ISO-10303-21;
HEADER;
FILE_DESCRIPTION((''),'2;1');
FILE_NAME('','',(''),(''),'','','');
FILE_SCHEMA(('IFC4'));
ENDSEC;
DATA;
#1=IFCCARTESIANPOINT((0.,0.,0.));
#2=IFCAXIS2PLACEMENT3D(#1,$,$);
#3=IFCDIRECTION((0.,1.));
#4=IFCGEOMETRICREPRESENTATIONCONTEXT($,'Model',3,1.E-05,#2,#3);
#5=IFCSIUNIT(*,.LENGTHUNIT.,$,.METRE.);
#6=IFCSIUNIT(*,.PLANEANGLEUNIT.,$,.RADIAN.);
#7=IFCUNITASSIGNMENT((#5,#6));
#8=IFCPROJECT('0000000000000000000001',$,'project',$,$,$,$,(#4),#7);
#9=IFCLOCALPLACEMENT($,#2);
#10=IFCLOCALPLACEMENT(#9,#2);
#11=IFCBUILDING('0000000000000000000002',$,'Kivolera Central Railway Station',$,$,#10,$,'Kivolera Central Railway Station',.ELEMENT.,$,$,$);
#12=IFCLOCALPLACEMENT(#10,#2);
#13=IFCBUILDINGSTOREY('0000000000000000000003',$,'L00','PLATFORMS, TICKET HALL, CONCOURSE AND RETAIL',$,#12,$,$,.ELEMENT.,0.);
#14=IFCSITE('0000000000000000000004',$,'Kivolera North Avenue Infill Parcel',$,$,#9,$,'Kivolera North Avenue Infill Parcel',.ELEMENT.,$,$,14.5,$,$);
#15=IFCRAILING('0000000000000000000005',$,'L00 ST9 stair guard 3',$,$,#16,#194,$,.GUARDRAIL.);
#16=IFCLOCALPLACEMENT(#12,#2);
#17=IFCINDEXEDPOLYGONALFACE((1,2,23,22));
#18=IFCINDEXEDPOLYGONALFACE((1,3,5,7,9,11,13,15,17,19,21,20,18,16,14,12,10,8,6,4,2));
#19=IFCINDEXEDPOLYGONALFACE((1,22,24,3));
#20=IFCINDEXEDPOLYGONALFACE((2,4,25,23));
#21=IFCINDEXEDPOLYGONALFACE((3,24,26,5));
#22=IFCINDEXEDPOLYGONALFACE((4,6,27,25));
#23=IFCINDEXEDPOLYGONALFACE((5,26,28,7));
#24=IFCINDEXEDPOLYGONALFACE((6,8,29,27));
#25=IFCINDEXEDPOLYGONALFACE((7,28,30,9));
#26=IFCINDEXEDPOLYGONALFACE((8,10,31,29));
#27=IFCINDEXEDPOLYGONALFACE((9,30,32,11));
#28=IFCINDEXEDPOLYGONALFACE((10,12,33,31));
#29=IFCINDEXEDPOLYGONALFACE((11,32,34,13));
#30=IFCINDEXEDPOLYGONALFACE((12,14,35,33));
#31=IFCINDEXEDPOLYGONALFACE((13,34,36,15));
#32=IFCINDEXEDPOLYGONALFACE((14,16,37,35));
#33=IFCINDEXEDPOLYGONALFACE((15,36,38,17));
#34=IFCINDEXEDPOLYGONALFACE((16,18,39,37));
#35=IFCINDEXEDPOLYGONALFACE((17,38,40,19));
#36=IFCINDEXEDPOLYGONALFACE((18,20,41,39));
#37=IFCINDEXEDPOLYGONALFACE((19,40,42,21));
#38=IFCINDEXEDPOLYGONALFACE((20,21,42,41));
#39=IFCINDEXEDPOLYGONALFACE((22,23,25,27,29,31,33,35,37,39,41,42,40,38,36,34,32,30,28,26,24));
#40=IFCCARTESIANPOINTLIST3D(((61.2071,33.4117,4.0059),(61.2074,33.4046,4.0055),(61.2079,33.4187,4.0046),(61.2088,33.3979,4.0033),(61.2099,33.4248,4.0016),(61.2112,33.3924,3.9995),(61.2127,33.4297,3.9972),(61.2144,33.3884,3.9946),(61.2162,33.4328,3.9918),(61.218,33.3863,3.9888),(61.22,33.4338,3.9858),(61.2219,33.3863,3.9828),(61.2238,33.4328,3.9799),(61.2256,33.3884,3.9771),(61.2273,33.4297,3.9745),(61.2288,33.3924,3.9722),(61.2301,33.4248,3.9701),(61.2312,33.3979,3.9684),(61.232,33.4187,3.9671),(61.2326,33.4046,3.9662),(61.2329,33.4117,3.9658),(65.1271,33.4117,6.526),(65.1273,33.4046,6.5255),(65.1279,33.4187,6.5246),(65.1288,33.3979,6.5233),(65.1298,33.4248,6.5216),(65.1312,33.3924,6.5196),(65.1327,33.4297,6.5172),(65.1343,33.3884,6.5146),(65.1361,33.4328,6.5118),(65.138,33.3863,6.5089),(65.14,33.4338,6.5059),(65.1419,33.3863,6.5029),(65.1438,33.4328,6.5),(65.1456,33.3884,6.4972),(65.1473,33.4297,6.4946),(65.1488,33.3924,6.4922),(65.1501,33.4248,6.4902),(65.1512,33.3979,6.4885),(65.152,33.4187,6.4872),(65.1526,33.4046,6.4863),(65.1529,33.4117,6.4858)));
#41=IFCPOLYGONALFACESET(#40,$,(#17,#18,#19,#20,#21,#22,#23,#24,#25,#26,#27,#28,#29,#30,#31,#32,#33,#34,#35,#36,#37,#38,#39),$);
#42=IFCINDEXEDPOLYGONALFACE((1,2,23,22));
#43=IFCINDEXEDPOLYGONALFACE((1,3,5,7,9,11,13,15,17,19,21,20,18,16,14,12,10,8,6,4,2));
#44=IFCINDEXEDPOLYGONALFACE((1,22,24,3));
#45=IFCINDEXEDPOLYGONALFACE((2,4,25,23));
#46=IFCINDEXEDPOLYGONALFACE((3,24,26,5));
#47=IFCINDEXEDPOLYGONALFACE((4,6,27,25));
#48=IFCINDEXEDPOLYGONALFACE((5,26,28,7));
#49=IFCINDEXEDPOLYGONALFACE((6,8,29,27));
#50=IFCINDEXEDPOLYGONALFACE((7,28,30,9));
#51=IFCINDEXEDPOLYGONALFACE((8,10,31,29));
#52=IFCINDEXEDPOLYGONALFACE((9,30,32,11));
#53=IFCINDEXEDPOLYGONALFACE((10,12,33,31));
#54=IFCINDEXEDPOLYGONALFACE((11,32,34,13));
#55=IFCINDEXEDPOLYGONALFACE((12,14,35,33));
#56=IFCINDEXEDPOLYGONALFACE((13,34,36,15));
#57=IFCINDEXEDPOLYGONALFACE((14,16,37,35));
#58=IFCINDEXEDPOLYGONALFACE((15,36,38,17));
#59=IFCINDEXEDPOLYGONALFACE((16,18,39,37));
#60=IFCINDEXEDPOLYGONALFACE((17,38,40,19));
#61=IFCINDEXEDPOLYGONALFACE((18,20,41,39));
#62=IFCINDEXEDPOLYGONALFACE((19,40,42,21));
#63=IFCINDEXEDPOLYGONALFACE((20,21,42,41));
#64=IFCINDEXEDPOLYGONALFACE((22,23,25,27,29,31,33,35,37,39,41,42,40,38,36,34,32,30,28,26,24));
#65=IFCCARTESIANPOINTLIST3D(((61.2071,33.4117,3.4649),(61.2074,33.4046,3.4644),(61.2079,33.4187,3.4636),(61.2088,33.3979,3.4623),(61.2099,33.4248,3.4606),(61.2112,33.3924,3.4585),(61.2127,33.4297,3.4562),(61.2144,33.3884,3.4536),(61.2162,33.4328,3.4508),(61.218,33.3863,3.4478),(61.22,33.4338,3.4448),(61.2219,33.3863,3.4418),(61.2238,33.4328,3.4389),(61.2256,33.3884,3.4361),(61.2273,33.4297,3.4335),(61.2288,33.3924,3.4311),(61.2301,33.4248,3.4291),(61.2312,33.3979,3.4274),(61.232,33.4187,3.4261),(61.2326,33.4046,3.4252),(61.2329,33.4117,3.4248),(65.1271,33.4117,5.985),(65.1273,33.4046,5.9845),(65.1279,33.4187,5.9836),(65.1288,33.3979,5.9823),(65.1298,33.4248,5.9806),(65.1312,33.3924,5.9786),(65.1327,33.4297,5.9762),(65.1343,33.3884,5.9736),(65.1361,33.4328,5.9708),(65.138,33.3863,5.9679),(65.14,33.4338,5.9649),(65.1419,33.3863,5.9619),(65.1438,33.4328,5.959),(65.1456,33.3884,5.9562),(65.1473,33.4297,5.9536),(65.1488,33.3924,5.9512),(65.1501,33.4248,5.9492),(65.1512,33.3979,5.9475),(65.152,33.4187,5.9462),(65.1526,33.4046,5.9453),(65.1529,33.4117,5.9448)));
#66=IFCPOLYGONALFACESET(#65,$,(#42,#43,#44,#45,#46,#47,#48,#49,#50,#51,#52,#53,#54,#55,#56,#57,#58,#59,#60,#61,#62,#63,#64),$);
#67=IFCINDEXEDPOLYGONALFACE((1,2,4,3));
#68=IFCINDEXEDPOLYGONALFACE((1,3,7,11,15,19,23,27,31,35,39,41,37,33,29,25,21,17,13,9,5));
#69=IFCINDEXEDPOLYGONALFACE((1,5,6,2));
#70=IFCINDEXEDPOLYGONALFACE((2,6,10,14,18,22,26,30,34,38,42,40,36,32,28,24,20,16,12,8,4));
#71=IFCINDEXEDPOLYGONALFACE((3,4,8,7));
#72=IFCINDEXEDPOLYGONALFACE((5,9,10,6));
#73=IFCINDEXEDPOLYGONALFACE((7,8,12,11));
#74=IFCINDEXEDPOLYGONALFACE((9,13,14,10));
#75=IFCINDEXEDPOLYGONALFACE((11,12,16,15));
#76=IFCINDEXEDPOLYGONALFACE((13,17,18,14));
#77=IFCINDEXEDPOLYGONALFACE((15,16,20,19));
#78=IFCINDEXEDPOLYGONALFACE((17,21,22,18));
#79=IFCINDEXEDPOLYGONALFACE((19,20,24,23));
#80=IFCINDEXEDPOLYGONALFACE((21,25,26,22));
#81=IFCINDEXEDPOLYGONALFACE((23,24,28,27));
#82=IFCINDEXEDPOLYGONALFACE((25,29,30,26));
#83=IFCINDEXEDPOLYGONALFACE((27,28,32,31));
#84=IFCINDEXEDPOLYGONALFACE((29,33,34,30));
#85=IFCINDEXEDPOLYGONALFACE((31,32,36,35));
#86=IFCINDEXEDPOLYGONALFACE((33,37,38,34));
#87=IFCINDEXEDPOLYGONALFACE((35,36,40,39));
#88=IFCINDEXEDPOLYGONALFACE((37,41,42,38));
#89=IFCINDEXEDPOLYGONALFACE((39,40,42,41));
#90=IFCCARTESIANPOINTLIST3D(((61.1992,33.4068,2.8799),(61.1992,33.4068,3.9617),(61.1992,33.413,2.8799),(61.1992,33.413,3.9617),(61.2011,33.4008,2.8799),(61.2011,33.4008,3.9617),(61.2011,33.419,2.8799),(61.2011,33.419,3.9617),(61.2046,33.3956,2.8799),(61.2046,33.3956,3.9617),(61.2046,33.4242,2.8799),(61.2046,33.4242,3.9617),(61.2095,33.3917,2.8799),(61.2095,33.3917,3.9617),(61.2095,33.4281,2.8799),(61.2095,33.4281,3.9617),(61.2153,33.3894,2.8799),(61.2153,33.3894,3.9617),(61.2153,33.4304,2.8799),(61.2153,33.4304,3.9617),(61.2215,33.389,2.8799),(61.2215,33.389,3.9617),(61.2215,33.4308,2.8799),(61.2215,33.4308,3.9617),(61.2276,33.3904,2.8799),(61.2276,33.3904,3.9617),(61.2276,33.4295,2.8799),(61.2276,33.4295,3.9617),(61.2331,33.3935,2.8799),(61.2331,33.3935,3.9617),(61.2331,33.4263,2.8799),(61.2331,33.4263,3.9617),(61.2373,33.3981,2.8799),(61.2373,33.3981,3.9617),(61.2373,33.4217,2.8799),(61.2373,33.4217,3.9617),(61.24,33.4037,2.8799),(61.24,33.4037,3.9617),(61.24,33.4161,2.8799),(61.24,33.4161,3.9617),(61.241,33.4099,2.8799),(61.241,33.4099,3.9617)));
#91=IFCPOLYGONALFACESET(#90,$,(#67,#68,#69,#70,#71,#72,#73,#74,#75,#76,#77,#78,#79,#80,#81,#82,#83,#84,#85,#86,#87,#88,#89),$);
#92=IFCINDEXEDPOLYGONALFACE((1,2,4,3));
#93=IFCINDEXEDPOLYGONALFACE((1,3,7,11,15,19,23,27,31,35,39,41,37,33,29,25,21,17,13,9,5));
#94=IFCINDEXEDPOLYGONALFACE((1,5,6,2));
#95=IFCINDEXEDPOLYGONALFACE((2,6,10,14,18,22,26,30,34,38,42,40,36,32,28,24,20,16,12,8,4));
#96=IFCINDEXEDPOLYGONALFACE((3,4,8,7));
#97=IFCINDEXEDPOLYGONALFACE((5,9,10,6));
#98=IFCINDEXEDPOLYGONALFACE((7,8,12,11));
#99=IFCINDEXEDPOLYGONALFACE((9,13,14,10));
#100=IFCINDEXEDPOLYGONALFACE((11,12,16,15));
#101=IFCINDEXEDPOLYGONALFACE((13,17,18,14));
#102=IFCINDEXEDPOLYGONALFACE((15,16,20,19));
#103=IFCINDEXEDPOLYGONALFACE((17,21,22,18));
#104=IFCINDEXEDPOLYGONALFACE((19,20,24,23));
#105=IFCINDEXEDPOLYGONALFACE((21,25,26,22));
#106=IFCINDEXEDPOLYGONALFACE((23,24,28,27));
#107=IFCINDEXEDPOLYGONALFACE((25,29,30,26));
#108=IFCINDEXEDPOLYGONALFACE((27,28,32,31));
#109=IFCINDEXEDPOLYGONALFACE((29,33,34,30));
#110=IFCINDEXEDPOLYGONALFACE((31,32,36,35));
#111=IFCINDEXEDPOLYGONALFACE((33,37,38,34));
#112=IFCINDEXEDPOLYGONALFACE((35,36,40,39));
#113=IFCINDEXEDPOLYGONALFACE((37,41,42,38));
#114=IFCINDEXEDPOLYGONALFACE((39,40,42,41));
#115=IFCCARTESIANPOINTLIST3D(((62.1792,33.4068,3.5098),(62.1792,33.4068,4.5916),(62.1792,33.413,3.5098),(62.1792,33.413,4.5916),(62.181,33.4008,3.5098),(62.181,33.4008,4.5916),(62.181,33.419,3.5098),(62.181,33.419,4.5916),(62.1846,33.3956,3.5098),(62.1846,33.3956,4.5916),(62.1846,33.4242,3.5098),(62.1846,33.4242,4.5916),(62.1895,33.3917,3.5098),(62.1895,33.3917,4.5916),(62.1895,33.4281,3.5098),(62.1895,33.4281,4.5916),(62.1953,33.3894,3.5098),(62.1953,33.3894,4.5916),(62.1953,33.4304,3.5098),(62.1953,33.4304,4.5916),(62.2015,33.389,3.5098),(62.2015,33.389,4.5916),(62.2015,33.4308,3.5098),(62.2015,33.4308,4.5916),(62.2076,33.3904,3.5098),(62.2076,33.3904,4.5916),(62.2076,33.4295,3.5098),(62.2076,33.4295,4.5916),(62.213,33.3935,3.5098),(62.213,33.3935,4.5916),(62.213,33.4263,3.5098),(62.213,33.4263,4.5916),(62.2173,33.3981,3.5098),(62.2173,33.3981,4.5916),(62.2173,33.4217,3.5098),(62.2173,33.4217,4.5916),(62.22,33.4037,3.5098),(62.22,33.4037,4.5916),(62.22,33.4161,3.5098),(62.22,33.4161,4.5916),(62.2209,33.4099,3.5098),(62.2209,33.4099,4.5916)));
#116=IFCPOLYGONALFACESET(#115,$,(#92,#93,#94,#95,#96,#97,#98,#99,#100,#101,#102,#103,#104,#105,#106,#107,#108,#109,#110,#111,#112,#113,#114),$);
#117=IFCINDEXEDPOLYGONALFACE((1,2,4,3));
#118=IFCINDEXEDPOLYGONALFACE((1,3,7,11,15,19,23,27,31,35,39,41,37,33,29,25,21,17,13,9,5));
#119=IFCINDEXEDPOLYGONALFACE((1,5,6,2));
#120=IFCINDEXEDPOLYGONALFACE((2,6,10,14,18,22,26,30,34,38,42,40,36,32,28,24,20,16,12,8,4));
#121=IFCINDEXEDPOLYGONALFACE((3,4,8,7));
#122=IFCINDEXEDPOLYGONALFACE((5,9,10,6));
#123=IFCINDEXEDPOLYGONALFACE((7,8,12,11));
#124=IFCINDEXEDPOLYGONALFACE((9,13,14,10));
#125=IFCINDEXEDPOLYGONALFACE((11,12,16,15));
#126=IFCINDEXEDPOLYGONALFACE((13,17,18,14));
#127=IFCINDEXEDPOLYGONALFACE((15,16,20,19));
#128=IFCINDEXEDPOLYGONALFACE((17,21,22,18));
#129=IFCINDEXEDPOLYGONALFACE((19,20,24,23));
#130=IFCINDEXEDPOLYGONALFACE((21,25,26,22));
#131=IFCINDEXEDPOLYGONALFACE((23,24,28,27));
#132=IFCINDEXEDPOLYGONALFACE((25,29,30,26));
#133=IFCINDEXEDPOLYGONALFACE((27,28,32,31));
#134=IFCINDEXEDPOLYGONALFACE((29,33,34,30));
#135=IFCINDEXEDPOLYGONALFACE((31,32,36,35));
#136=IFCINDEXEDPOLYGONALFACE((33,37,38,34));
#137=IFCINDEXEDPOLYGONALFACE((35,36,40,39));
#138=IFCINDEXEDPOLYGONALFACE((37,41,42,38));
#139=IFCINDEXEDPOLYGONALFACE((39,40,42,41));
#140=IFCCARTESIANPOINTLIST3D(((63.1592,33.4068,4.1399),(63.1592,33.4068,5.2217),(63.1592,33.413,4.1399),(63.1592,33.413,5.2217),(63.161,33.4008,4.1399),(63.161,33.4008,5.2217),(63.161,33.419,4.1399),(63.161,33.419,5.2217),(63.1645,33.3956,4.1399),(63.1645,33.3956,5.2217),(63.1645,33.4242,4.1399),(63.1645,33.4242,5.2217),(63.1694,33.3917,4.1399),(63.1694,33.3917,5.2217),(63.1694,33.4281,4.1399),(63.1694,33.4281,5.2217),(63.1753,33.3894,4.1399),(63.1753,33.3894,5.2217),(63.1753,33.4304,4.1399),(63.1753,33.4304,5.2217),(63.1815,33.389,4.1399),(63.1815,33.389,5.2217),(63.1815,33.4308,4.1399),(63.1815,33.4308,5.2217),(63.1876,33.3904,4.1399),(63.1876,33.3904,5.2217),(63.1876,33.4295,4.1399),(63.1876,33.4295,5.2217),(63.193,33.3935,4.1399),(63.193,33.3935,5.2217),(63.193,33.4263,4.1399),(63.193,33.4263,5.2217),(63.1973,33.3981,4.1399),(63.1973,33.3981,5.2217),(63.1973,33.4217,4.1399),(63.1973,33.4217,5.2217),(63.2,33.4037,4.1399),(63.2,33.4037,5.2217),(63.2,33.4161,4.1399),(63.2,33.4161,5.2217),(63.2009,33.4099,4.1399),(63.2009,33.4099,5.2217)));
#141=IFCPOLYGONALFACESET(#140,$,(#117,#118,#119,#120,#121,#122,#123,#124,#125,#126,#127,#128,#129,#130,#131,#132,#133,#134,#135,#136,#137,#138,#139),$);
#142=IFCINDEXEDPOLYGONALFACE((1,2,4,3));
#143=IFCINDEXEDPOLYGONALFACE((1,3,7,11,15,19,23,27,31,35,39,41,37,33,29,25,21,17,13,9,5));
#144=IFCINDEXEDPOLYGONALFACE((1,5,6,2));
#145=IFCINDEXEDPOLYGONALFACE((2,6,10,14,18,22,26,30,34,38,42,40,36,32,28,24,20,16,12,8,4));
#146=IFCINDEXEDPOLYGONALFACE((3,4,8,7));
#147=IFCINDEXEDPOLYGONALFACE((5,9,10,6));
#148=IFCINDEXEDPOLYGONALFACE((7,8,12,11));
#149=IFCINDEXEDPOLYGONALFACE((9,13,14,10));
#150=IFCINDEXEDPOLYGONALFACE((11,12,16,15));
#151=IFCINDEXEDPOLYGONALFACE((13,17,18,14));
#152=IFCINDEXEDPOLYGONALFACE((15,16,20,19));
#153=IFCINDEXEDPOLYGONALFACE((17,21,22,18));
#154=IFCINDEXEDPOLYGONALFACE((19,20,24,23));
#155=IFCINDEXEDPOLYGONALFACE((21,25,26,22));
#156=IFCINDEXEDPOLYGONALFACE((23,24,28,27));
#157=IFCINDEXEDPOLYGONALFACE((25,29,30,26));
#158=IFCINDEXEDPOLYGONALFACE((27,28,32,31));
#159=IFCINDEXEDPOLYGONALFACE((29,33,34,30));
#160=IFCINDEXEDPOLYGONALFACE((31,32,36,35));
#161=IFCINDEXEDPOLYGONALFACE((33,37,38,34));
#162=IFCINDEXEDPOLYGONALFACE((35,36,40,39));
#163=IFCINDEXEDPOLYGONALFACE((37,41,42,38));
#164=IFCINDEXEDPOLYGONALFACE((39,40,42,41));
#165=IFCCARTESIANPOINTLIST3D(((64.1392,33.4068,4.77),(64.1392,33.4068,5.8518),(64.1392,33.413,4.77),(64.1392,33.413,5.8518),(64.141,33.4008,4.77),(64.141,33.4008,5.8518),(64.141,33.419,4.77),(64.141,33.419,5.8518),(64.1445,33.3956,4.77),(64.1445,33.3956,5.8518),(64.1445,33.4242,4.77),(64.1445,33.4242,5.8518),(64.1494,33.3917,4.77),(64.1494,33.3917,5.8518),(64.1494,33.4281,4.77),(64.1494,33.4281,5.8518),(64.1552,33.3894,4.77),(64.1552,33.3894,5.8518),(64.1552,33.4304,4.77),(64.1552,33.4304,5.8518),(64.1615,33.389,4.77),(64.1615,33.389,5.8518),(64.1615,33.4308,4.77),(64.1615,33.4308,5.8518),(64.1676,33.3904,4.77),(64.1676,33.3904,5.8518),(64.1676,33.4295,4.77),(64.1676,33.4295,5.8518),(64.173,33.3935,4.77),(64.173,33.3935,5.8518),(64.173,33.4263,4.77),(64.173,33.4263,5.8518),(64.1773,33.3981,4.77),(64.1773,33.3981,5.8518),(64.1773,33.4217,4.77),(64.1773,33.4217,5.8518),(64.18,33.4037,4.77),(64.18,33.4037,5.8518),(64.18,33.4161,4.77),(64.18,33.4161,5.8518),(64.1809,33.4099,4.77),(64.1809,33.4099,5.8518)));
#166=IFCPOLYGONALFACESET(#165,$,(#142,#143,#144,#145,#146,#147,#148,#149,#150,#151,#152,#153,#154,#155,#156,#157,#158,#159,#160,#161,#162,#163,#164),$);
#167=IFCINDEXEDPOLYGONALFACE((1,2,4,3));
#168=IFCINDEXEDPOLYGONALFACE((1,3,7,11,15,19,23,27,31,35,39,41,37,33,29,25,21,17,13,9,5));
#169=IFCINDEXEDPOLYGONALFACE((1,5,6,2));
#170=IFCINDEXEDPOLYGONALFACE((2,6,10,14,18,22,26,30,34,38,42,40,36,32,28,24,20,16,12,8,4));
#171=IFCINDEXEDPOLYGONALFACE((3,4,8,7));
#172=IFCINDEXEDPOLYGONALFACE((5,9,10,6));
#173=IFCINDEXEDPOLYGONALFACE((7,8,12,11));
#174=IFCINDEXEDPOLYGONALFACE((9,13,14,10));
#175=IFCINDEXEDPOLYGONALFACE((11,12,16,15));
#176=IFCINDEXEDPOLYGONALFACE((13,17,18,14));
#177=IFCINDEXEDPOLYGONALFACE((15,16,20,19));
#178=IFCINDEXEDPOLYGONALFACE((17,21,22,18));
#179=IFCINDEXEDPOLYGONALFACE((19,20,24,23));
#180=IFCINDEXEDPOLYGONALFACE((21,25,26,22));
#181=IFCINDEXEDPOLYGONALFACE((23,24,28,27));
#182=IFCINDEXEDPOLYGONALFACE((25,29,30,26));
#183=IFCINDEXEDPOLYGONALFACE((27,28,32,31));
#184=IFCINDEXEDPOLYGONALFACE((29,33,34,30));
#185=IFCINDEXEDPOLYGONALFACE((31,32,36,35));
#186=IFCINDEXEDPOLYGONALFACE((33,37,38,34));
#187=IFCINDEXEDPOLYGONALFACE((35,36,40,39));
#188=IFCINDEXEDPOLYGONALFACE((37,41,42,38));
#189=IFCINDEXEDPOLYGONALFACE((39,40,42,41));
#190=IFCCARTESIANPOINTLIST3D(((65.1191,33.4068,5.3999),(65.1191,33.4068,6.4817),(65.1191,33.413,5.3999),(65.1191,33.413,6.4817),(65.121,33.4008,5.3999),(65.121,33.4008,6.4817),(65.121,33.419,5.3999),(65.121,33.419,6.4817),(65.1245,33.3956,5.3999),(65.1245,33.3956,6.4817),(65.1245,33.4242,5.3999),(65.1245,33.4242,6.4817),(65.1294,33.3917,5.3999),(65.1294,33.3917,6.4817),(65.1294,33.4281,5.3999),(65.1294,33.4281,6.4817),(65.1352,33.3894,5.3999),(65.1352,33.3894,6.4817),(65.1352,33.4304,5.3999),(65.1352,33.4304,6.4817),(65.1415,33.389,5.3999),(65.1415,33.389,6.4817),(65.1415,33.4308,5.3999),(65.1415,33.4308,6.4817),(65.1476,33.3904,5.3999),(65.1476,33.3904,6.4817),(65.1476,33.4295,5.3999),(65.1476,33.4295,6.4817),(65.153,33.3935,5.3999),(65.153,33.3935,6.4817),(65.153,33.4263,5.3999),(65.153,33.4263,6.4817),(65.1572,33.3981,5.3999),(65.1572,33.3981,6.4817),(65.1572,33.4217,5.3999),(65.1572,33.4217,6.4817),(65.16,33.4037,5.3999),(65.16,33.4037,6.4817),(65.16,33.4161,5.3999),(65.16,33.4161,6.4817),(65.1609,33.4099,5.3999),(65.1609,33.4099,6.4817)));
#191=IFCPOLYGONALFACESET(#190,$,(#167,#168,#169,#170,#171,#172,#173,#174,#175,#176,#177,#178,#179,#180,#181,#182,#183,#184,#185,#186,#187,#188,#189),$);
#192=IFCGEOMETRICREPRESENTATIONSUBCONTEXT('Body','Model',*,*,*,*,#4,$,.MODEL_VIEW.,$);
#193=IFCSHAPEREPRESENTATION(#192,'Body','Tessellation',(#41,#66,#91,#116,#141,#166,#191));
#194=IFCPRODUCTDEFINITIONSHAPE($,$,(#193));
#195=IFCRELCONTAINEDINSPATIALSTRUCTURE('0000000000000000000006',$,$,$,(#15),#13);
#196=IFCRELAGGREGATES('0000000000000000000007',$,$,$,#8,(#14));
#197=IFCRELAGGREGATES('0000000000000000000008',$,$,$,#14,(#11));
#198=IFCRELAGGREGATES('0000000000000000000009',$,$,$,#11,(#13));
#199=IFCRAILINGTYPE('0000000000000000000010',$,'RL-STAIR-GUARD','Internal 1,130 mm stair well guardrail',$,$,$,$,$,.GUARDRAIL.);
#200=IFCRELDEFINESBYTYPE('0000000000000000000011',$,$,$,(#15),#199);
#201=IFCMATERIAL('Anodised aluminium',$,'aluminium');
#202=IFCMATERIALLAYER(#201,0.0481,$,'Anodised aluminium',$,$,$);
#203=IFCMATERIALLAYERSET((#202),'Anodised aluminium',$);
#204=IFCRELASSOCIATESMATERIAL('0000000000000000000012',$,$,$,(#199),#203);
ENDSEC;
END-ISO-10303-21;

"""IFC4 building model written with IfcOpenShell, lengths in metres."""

from ifc_helpers import new_model, si_unit, direction, frame, origin, origin_2d, place, context, subcontext, project, spatial, circle, extrude, material, layer, layer_set, type_object, element, save


model = new_model("IFC4")

# Units and contexts
model_context = context("Model", 3, precision=1e-05, world=origin(), true_north=direction((0.0, 1.0)))
body_context = subcontext(model_context, "Body", "Model", "MODEL_VIEW")
ifc_project = project(units=[si_unit("LENGTHUNIT", "METRE"), si_unit("PLANEANGLEUNIT", "RADIAN")], contexts=[model_context])

# Site, building, storey
site_placement = place(None, origin())
site = spatial("IfcSite", under=ifc_project, at=site_placement, Name="Kivolera North Avenue Infill Parcel", LongName="Kivolera North Avenue Infill Parcel", CompositionType="ELEMENT", RefElevation=14.5)
building_placement = place(site_placement, origin())
building = spatial("IfcBuilding", under=site, at=building_placement, Name="Kivolera Central Railway Station", LongName="Kivolera Central Railway Station", CompositionType="ELEMENT")
storey_placement = place(building_placement, origin())
storey = spatial("IfcBuildingStorey", under=building, at=storey_placement, Name="L00", Description="PLATFORMS, TICKET HALL, CONCOURSE AND RETAIL", CompositionType="ELEMENT", Elevation=0.0)

# Shared definitions
ifc_material_1 = material(Name="Anodised aluminium", Category="aluminium")

# Railing
ifc_layer_1 = layer(ifc_material_1, 0.0481, Name="Anodised aluminium")
ifc_layer_set_1 = layer_set([ifc_layer_1], Name="Anodised aluminium")
railing_type_1 = type_object("IfcRailingType", Name="RL-STAIR-GUARD", Description="Internal 1,130 mm stair well guardrail", PredefinedType="GUARDRAIL", material=ifc_layer_set_1)
railing_1_placement = place(storey_placement, frame((61.22, 33.4099, 2.8799)))
element("IfcRailing", 1, at=railing_1_placement, inside=storey, type_object=railing_type_1, Name="L00 ST9 stair guard 3", PredefinedType="GUARDRAIL", context=body_context, shape_type="SweptSolid", body=[
    extrude(circle(Radius=0.0239, at=origin_2d()), frame((0.0, 0.0, 1.106), z_axis=(0.841172, 0.0, 0.540768), x_axis=(0.0, 1.0, 0.0)), (0.0, 0.0, 1.0), 4.6602),
    extrude(circle(Radius=0.0239, at=origin_2d()), frame((0.0, 0.0, 0.5649), z_axis=(0.841172, 0.0, 0.540768), x_axis=(0.0, 1.0, 0.0)), (0.0, 0.0, 1.0), 4.6602),
    extrude(circle(Radius=0.021, at=origin_2d()), origin(), (0.0, 0.0, 1.0), 1.0818),
    extrude(circle(Radius=0.021, at=origin_2d()), frame((0.98, 0.0, 0.6299)), (0.0, 0.0, 1.0), 1.0818),
    extrude(circle(Radius=0.021, at=origin_2d()), frame((1.96, 0.0, 1.26)), (0.0, 0.0, 1.0), 1.0818),
    extrude(circle(Radius=0.021, at=origin_2d()), frame((2.9399, 0.0, 1.8901)), (0.0, 0.0, 1.0), 1.0818),
    extrude(circle(Radius=0.021, at=origin_2d()), frame((3.9199, 0.0, 2.52)), (0.0, 0.0, 1.0), 1.0818),
])

save(model, "model.ifc")
